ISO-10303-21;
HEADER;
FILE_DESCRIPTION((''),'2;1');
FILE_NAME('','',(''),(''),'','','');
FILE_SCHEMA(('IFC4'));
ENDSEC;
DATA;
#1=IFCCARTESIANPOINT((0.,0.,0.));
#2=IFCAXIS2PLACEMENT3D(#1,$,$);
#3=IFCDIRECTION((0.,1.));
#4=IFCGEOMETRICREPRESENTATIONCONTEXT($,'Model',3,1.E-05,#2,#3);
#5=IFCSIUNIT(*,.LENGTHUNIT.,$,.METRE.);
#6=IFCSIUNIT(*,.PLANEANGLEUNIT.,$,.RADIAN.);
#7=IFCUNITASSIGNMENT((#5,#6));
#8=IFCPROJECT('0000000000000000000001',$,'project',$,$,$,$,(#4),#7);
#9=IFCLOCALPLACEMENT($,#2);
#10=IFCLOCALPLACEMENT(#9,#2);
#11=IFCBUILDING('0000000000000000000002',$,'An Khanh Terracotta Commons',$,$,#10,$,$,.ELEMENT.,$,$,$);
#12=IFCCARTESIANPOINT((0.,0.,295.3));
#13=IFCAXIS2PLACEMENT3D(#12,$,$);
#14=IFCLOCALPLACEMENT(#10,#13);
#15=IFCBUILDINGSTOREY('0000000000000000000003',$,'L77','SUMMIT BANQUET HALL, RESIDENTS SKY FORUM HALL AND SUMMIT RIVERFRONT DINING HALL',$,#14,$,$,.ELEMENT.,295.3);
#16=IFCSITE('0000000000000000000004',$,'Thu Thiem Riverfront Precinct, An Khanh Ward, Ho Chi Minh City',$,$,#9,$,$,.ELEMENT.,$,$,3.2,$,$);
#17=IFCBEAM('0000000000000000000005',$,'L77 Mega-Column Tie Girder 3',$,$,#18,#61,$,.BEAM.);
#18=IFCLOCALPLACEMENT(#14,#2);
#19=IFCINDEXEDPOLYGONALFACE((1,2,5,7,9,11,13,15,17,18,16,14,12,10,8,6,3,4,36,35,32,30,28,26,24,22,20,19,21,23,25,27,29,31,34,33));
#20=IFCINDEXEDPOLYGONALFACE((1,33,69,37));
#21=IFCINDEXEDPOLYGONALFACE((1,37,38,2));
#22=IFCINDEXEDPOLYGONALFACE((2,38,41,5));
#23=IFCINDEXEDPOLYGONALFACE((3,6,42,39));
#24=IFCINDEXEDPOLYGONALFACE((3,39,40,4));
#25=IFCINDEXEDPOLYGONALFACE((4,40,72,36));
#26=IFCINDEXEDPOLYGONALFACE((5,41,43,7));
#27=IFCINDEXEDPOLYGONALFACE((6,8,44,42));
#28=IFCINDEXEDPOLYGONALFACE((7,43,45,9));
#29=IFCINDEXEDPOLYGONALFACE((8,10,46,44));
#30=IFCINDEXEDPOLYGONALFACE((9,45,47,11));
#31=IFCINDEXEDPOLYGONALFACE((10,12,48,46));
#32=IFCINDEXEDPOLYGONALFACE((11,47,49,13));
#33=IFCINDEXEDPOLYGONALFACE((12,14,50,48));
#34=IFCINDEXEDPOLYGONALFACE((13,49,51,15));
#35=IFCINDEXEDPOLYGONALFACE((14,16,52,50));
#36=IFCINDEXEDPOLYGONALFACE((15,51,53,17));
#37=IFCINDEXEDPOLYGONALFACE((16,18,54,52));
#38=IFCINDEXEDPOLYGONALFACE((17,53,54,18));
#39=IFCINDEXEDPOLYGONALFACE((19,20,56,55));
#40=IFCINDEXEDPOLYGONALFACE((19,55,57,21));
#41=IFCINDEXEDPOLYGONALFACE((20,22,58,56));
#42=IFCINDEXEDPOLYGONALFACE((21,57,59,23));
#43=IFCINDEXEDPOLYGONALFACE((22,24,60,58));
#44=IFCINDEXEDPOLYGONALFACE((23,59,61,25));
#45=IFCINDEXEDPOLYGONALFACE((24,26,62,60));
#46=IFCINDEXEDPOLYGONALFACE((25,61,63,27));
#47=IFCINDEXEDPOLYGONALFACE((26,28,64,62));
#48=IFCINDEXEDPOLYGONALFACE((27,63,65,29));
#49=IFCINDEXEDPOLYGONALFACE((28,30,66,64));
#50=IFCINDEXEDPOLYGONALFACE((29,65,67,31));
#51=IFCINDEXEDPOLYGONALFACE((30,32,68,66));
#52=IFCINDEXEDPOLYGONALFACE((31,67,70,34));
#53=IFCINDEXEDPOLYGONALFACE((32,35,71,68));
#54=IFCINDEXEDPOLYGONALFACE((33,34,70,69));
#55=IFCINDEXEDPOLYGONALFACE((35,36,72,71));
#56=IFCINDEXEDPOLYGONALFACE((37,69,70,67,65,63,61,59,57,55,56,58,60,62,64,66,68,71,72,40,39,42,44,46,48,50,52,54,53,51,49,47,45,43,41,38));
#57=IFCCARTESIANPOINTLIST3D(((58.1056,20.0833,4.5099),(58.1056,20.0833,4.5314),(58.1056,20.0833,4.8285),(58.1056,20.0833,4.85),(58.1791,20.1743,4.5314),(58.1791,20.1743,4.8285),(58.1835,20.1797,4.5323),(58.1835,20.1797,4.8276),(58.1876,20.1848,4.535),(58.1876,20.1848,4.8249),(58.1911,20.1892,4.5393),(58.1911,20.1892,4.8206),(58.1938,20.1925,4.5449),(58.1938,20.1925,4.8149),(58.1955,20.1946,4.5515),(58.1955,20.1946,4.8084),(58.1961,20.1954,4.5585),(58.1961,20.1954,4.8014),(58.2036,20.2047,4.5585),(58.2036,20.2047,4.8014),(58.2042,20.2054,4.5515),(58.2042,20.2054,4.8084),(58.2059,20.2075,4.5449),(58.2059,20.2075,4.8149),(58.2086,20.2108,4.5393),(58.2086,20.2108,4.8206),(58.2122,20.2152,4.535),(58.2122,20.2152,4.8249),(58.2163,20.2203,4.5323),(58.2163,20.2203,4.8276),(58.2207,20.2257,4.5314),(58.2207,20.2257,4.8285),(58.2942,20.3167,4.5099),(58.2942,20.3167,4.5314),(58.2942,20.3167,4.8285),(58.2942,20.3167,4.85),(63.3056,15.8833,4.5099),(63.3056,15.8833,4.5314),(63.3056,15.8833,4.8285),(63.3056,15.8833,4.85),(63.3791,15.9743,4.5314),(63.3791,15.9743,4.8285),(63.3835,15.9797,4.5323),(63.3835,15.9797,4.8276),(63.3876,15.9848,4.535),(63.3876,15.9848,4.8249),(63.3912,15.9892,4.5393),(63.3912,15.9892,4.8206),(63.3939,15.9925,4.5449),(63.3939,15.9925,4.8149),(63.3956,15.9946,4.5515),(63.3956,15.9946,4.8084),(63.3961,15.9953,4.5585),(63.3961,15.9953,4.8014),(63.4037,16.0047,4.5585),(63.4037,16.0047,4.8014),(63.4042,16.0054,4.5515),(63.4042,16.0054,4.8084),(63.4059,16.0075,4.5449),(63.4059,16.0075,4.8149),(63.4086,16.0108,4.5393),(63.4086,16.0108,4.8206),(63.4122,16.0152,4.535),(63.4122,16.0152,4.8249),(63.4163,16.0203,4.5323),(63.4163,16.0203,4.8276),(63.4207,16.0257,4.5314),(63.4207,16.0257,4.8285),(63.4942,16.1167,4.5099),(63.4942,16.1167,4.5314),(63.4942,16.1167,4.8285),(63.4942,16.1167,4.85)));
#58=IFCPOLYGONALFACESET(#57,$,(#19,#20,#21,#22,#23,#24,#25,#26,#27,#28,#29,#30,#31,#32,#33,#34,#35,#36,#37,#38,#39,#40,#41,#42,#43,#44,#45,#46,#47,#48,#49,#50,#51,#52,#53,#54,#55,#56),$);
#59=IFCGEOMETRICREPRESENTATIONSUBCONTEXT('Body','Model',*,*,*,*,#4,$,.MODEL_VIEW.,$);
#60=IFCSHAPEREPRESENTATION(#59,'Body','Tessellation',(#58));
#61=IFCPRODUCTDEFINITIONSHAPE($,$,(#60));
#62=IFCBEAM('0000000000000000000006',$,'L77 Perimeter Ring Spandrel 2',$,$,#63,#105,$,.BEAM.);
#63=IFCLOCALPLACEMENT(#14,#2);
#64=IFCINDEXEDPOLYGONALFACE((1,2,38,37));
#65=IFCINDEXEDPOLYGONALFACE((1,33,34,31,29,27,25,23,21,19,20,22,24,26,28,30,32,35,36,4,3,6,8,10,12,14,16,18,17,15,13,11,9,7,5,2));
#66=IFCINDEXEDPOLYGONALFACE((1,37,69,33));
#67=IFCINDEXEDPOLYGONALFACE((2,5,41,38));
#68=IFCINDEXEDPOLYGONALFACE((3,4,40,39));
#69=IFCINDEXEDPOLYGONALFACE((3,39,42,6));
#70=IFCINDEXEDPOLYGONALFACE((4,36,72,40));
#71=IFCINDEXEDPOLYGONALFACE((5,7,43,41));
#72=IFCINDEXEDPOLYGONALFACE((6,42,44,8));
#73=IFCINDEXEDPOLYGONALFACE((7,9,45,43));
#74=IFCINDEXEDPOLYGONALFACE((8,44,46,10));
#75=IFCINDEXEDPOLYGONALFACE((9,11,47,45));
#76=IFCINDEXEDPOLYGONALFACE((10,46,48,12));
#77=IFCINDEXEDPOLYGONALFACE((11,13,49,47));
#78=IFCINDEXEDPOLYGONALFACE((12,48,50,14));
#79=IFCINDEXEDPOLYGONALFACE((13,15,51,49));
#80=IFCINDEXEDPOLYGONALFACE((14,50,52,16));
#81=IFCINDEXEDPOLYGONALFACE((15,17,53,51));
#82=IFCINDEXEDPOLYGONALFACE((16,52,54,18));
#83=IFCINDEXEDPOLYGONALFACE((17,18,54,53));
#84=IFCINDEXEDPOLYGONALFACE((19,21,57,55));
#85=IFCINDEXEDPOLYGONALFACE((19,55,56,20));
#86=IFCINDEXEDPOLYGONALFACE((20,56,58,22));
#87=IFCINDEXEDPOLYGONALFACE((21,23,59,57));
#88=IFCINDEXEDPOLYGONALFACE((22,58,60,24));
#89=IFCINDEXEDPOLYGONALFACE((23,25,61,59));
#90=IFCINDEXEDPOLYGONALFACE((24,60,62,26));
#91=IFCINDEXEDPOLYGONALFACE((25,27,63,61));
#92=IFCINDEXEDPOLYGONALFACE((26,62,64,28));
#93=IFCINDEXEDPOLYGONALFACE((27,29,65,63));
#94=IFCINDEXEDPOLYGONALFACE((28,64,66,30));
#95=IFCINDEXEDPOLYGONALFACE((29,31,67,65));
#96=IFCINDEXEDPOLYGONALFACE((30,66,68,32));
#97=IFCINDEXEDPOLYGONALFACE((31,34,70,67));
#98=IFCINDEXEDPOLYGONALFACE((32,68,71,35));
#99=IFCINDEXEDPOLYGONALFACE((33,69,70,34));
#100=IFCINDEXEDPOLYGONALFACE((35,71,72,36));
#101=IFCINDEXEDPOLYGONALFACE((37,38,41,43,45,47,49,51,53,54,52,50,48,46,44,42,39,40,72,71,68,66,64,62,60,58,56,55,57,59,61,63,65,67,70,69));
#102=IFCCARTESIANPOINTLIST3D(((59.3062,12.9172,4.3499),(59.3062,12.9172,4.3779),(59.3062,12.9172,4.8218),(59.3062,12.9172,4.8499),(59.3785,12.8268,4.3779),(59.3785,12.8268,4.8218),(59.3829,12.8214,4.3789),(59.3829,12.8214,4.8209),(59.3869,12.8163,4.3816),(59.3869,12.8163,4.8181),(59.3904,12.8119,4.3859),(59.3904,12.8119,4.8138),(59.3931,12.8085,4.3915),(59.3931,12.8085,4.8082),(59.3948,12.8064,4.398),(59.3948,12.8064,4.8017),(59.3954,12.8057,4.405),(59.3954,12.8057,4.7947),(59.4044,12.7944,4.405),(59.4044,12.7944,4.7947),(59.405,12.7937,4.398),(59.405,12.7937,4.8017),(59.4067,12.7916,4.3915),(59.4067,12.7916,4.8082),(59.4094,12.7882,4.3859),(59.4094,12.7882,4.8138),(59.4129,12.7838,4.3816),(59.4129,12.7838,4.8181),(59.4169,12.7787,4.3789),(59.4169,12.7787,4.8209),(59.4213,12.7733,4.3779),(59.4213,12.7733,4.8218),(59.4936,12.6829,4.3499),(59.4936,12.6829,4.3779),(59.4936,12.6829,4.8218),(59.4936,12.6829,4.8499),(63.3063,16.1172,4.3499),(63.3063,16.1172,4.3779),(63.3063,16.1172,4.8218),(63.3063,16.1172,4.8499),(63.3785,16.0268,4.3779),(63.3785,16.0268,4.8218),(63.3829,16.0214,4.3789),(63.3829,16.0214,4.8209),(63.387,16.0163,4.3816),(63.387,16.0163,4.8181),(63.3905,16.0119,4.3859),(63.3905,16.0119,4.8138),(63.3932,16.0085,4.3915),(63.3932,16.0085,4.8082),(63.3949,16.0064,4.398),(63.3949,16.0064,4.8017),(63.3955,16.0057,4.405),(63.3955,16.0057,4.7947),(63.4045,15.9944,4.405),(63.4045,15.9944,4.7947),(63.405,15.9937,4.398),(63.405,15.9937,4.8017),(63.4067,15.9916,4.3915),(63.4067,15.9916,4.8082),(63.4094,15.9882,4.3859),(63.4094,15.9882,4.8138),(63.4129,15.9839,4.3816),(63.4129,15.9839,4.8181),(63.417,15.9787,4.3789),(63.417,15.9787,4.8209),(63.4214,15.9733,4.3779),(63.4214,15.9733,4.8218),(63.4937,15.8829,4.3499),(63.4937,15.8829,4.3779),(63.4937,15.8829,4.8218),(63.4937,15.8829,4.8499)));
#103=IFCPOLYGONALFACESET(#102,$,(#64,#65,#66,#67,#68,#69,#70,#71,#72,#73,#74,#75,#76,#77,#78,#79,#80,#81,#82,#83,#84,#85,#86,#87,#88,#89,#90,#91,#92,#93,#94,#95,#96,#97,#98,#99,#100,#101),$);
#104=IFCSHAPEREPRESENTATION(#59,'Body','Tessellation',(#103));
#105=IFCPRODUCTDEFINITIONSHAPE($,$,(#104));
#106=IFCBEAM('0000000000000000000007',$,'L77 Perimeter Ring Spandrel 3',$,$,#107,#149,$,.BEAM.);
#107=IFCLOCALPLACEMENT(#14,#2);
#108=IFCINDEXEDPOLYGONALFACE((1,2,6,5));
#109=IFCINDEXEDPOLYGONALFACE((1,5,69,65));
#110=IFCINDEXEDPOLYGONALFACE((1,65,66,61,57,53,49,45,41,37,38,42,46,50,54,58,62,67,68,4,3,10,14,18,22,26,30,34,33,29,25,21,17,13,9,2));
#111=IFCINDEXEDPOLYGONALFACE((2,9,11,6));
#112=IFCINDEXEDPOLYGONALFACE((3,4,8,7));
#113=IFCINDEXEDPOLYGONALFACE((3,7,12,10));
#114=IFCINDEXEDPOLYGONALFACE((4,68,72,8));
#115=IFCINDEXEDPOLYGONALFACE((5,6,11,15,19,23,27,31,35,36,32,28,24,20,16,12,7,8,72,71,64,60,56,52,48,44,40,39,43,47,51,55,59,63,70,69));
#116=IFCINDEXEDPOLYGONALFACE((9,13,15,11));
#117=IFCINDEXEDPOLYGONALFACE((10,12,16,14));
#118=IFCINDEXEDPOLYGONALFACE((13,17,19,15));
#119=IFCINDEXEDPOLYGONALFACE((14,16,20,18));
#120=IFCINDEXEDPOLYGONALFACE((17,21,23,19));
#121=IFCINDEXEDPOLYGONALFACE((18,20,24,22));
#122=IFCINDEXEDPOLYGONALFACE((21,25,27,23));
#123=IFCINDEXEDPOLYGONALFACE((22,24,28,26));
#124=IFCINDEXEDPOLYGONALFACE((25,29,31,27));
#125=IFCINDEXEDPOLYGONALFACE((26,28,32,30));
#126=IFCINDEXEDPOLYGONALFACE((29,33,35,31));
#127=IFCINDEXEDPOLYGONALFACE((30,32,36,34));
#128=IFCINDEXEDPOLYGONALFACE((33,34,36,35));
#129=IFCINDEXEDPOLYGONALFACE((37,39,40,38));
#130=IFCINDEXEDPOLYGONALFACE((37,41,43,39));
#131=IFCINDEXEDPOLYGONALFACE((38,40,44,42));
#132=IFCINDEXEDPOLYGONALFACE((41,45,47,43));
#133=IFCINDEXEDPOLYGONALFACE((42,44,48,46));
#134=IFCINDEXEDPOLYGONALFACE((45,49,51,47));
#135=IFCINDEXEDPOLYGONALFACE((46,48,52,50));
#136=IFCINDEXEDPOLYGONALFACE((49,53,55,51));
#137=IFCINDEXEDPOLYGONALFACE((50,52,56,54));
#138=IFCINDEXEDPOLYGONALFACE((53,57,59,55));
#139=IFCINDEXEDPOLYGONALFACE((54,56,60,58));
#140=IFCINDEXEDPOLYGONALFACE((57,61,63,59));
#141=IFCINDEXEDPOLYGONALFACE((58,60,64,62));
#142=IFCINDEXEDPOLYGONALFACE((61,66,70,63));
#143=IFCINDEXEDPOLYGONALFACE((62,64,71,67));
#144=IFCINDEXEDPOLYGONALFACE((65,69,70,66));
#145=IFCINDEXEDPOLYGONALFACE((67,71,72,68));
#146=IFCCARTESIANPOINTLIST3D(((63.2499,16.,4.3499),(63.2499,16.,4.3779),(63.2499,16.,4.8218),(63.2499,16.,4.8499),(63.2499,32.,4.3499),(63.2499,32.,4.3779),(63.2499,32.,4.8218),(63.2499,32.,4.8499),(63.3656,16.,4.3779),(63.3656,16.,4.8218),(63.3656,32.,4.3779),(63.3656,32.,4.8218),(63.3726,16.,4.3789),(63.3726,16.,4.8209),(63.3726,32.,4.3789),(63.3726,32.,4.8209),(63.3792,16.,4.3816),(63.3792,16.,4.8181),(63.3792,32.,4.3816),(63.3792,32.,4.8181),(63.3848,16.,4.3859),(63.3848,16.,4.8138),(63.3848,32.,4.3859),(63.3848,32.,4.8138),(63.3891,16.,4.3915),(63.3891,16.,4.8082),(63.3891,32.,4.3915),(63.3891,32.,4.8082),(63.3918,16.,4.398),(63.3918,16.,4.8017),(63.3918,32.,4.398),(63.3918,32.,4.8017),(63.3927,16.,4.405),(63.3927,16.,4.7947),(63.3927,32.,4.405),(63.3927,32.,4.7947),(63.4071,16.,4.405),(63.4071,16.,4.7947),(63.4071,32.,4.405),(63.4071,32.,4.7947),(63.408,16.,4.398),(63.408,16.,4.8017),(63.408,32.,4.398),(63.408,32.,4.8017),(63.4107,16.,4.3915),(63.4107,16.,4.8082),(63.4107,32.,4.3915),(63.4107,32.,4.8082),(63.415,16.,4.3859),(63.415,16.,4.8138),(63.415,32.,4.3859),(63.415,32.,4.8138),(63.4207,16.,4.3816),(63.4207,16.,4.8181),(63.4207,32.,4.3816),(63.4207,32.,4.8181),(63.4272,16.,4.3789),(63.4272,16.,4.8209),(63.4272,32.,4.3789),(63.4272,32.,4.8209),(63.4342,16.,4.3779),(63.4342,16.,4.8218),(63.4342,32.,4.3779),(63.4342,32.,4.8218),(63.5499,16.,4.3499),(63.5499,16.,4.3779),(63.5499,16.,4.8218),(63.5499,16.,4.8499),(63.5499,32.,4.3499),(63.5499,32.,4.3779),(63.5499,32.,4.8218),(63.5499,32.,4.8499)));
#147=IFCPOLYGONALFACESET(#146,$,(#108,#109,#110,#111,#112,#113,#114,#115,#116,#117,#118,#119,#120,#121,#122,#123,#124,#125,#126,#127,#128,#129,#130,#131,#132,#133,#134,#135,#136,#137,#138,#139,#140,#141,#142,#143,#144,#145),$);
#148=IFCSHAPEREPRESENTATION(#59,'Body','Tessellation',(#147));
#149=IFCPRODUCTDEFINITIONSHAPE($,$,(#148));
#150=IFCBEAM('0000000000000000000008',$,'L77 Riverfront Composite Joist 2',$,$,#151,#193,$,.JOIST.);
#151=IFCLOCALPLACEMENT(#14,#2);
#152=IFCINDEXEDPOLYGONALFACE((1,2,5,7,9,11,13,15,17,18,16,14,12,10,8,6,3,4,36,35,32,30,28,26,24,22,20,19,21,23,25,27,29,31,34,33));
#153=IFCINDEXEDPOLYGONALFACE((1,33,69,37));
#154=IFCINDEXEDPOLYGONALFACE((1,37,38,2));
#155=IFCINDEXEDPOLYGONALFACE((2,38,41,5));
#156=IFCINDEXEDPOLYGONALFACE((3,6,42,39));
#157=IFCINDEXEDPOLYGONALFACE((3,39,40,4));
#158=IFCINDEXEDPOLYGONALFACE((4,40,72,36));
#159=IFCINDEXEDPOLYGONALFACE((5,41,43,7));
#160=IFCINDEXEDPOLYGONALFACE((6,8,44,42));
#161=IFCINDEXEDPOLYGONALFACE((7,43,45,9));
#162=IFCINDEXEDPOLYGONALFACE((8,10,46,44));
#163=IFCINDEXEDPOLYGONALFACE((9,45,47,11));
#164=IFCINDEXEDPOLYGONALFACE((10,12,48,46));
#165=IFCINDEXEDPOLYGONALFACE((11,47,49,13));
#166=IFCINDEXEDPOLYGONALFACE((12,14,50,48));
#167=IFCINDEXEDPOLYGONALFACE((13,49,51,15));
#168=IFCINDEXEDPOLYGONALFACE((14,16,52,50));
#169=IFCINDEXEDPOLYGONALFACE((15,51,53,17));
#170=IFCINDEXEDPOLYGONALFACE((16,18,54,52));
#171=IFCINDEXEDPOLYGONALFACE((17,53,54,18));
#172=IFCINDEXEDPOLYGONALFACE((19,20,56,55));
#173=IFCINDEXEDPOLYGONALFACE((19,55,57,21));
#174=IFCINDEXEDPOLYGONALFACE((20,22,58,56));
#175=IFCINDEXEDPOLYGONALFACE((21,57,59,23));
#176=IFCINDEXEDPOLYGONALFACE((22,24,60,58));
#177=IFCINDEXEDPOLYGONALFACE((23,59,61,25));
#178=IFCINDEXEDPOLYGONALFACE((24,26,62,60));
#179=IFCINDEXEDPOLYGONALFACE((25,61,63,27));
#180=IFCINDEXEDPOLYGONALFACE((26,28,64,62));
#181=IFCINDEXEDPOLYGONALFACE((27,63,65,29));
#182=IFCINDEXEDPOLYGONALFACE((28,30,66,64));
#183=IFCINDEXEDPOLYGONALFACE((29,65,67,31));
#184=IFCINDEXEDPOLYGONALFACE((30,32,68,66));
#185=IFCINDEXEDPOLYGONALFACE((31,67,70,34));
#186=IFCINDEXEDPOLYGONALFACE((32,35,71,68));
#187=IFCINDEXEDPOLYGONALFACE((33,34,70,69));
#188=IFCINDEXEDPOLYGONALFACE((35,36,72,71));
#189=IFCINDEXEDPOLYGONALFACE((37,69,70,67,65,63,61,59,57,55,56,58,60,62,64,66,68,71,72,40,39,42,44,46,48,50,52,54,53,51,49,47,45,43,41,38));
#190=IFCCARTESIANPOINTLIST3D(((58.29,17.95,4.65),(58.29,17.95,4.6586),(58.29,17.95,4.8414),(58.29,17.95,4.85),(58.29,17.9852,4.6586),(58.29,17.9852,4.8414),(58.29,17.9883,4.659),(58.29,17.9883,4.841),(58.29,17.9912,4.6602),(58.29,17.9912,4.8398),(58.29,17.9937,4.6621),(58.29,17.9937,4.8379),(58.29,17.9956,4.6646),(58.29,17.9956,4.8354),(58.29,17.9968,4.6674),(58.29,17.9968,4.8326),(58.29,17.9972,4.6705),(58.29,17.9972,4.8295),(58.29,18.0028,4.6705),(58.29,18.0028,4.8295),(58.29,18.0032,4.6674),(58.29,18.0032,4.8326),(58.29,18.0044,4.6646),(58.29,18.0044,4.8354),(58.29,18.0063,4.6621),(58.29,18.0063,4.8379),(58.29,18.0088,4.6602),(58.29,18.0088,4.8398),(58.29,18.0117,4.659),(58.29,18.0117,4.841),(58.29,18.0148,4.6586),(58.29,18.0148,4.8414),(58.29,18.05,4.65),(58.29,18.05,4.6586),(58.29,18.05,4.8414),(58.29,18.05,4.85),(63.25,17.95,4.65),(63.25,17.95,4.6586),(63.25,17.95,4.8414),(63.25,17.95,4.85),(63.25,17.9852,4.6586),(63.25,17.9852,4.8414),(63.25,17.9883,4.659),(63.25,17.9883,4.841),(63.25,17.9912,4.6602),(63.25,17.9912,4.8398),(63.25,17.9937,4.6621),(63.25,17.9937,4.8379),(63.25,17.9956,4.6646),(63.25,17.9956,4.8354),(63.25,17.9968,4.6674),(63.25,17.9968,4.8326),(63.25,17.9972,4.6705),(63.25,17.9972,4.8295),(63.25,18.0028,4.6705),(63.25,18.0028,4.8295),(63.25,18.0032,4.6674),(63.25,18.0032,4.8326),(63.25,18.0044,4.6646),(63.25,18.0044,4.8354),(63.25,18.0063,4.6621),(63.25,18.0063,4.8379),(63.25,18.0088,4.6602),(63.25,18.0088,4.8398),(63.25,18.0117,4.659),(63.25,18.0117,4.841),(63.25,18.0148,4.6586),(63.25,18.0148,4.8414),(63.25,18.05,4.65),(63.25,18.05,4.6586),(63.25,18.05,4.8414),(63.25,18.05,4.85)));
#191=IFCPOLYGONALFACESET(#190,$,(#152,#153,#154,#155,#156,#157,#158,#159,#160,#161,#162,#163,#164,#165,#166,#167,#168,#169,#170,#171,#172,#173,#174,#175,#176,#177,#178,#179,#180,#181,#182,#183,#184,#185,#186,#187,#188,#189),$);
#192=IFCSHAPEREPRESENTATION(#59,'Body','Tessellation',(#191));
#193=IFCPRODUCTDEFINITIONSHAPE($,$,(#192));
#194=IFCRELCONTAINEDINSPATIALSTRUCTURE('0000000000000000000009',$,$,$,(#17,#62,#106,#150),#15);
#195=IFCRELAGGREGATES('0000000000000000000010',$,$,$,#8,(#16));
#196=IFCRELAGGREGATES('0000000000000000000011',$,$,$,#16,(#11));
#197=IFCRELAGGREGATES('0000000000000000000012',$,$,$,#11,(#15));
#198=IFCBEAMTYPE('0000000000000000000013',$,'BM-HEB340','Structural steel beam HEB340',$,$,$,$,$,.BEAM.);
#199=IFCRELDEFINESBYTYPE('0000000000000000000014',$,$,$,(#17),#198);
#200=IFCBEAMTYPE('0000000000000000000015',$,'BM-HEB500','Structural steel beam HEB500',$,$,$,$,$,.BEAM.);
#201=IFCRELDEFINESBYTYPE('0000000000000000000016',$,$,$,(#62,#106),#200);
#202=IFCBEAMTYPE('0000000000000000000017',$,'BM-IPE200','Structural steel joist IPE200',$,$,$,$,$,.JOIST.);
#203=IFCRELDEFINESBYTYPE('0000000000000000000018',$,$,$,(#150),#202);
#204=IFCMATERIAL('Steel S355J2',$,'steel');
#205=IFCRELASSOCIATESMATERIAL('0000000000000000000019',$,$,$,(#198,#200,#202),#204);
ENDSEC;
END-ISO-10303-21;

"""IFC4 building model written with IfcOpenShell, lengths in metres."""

from ifc_helpers import new_model, si_unit, direction, frame, origin, origin_2d, place, context, subcontext, project, spatial, i_section, extrude, material, material_profile, profile_set, type_object, element, save


model = new_model("IFC4")

# Units and contexts
model_context = context("Model", 3, precision=1e-05, world=origin(), true_north=direction((0.0, 1.0)))
body_context = subcontext(model_context, "Body", "Model", "MODEL_VIEW")
ifc_project = project(units=[si_unit("LENGTHUNIT", "METRE"), si_unit("PLANEANGLEUNIT", "RADIAN")], contexts=[model_context])

# Site, building, storey
site_placement = place(None, origin())
site = spatial("IfcSite", under=ifc_project, at=site_placement, Name="Thu Thiem Riverfront Precinct, An Khanh Ward, Ho Chi Minh City", CompositionType="ELEMENT", RefElevation=3.2)
building_placement = place(site_placement, origin())
building = spatial("IfcBuilding", under=site, at=building_placement, Name="An Khanh Terracotta Commons", CompositionType="ELEMENT")
storey_placement = place(building_placement, frame((0.0, 0.0, 295.3)))
storey = spatial("IfcBuildingStorey", under=building, at=storey_placement, Name="L77", Description="SUMMIT BANQUET HALL, RESIDENTS SKY FORUM HALL AND SUMMIT RIVERFRONT DINING HALL", CompositionType="ELEMENT", Elevation=295.3)

# Beams
ifc_material_1 = material(Name="Steel S355J2", Category="steel")
ifc_material_profile_1 = material_profile(ifc_material_1, i_section(OverallWidth=0.3, OverallDepth=0.3401, WebThickness=0.012, FlangeThickness=0.0215, FilletRadius=0.0271, at=origin_2d()), Name="HEB340")
ifc_profile_set_1 = profile_set([ifc_material_profile_1], Name="Steel S355J2")
beam_type_1 = type_object("IfcBeamType", Name="BM-HEB340", Description="Structural steel beam HEB340", PredefinedType="BEAM", material=ifc_profile_set_1)
beam_1_placement = place(storey_placement, frame((63.3999, 16.0, 4.6799), z_axis=(-0.777942, 0.628336, 0.0), x_axis=(-0.628336, -0.777942, 0.0)))
element("IfcBeam", 1, at=beam_1_placement, inside=storey, type_object=beam_type_1, Name="L77 Mega-Column Tie Girder 3", PredefinedType="BEAM", context=body_context, shape_type="SweptSolid", body=[
    extrude(i_section(OverallWidth=0.3, OverallDepth=0.3401, WebThickness=0.012, FlangeThickness=0.0215, FilletRadius=0.0271, at=origin_2d()), origin(), (0.0, 0.0, 1.0), 6.6843),
])
ifc_material_profile_2 = material_profile(ifc_material_1, i_section(OverallWidth=0.3, OverallDepth=0.5, WebThickness=0.0144, FlangeThickness=0.0281, FilletRadius=0.0271, at=origin_2d()), Name="HEB500")
ifc_profile_set_2 = profile_set([ifc_material_profile_2], Name="Steel S355J2")
beam_type_2 = type_object("IfcBeamType", Name="BM-HEB500", Description="Structural steel beam HEB500", PredefinedType="BEAM", material=ifc_profile_set_2)
beam_2_placement = place(storey_placement, frame((59.3999, 12.8, 4.5999), z_axis=(0.780873, 0.624689, 0.0), x_axis=(-0.624689, 0.780873, 0.0)))
element("IfcBeam", 2, at=beam_2_placement, inside=storey, type_object=beam_type_2, Name="L77 Perimeter Ring Spandrel 2", PredefinedType="BEAM", context=body_context, shape_type="SweptSolid", body=[
    extrude(i_section(OverallWidth=0.3, OverallDepth=0.5, WebThickness=0.0144, FlangeThickness=0.0281, FilletRadius=0.0271, at=origin_2d()), origin(), (0.0, 0.0, 1.0), 5.1226),
])
beam_3_placement = place(storey_placement, frame((63.3999, 16.0, 4.5999), z_axis=(0.0, 1.0, 0.0), x_axis=(-1.0, 0.0, 0.0)))
element("IfcBeam", 3, at=beam_3_placement, inside=storey, type_object=beam_type_2, Name="L77 Perimeter Ring Spandrel 3", PredefinedType="BEAM", context=body_context, shape_type="SweptSolid", body=[
    extrude(i_section(OverallWidth=0.3, OverallDepth=0.5, WebThickness=0.0144, FlangeThickness=0.0281, FilletRadius=0.0271, at=origin_2d()), origin(), (0.0, 0.0, 1.0), 16.0),
])
ifc_material_profile_3 = material_profile(ifc_material_1, i_section(OverallWidth=0.1001, OverallDepth=0.2, WebThickness=0.0056, FlangeThickness=0.0085, FilletRadius=0.012, at=origin_2d()), Name="IPE200")
ifc_profile_set_3 = profile_set([ifc_material_profile_3], Name="Steel S355J2")
beam_type_3 = type_object("IfcBeamType", Name="BM-IPE200", Description="Structural steel joist IPE200", PredefinedType="JOIST", material=ifc_profile_set_3)
beam_4_placement = place(storey_placement, frame((58.29, 18.0, 4.75), z_axis=(1.0, 0.0, 0.0), x_axis=(0.0, 1.0, 0.0)))
element("IfcBeam", 4, at=beam_4_placement, inside=storey, type_object=beam_type_3, Name="L77 Riverfront Composite Joist 2", PredefinedType="JOIST", context=body_context, shape_type="SweptSolid", body=[
    extrude(i_section(OverallWidth=0.1001, OverallDepth=0.2, WebThickness=0.0056, FlangeThickness=0.0085, FilletRadius=0.012, at=origin_2d()), origin(), (0.0, 0.0, 1.0), 4.96),
])

save(model, "model.ifc")
